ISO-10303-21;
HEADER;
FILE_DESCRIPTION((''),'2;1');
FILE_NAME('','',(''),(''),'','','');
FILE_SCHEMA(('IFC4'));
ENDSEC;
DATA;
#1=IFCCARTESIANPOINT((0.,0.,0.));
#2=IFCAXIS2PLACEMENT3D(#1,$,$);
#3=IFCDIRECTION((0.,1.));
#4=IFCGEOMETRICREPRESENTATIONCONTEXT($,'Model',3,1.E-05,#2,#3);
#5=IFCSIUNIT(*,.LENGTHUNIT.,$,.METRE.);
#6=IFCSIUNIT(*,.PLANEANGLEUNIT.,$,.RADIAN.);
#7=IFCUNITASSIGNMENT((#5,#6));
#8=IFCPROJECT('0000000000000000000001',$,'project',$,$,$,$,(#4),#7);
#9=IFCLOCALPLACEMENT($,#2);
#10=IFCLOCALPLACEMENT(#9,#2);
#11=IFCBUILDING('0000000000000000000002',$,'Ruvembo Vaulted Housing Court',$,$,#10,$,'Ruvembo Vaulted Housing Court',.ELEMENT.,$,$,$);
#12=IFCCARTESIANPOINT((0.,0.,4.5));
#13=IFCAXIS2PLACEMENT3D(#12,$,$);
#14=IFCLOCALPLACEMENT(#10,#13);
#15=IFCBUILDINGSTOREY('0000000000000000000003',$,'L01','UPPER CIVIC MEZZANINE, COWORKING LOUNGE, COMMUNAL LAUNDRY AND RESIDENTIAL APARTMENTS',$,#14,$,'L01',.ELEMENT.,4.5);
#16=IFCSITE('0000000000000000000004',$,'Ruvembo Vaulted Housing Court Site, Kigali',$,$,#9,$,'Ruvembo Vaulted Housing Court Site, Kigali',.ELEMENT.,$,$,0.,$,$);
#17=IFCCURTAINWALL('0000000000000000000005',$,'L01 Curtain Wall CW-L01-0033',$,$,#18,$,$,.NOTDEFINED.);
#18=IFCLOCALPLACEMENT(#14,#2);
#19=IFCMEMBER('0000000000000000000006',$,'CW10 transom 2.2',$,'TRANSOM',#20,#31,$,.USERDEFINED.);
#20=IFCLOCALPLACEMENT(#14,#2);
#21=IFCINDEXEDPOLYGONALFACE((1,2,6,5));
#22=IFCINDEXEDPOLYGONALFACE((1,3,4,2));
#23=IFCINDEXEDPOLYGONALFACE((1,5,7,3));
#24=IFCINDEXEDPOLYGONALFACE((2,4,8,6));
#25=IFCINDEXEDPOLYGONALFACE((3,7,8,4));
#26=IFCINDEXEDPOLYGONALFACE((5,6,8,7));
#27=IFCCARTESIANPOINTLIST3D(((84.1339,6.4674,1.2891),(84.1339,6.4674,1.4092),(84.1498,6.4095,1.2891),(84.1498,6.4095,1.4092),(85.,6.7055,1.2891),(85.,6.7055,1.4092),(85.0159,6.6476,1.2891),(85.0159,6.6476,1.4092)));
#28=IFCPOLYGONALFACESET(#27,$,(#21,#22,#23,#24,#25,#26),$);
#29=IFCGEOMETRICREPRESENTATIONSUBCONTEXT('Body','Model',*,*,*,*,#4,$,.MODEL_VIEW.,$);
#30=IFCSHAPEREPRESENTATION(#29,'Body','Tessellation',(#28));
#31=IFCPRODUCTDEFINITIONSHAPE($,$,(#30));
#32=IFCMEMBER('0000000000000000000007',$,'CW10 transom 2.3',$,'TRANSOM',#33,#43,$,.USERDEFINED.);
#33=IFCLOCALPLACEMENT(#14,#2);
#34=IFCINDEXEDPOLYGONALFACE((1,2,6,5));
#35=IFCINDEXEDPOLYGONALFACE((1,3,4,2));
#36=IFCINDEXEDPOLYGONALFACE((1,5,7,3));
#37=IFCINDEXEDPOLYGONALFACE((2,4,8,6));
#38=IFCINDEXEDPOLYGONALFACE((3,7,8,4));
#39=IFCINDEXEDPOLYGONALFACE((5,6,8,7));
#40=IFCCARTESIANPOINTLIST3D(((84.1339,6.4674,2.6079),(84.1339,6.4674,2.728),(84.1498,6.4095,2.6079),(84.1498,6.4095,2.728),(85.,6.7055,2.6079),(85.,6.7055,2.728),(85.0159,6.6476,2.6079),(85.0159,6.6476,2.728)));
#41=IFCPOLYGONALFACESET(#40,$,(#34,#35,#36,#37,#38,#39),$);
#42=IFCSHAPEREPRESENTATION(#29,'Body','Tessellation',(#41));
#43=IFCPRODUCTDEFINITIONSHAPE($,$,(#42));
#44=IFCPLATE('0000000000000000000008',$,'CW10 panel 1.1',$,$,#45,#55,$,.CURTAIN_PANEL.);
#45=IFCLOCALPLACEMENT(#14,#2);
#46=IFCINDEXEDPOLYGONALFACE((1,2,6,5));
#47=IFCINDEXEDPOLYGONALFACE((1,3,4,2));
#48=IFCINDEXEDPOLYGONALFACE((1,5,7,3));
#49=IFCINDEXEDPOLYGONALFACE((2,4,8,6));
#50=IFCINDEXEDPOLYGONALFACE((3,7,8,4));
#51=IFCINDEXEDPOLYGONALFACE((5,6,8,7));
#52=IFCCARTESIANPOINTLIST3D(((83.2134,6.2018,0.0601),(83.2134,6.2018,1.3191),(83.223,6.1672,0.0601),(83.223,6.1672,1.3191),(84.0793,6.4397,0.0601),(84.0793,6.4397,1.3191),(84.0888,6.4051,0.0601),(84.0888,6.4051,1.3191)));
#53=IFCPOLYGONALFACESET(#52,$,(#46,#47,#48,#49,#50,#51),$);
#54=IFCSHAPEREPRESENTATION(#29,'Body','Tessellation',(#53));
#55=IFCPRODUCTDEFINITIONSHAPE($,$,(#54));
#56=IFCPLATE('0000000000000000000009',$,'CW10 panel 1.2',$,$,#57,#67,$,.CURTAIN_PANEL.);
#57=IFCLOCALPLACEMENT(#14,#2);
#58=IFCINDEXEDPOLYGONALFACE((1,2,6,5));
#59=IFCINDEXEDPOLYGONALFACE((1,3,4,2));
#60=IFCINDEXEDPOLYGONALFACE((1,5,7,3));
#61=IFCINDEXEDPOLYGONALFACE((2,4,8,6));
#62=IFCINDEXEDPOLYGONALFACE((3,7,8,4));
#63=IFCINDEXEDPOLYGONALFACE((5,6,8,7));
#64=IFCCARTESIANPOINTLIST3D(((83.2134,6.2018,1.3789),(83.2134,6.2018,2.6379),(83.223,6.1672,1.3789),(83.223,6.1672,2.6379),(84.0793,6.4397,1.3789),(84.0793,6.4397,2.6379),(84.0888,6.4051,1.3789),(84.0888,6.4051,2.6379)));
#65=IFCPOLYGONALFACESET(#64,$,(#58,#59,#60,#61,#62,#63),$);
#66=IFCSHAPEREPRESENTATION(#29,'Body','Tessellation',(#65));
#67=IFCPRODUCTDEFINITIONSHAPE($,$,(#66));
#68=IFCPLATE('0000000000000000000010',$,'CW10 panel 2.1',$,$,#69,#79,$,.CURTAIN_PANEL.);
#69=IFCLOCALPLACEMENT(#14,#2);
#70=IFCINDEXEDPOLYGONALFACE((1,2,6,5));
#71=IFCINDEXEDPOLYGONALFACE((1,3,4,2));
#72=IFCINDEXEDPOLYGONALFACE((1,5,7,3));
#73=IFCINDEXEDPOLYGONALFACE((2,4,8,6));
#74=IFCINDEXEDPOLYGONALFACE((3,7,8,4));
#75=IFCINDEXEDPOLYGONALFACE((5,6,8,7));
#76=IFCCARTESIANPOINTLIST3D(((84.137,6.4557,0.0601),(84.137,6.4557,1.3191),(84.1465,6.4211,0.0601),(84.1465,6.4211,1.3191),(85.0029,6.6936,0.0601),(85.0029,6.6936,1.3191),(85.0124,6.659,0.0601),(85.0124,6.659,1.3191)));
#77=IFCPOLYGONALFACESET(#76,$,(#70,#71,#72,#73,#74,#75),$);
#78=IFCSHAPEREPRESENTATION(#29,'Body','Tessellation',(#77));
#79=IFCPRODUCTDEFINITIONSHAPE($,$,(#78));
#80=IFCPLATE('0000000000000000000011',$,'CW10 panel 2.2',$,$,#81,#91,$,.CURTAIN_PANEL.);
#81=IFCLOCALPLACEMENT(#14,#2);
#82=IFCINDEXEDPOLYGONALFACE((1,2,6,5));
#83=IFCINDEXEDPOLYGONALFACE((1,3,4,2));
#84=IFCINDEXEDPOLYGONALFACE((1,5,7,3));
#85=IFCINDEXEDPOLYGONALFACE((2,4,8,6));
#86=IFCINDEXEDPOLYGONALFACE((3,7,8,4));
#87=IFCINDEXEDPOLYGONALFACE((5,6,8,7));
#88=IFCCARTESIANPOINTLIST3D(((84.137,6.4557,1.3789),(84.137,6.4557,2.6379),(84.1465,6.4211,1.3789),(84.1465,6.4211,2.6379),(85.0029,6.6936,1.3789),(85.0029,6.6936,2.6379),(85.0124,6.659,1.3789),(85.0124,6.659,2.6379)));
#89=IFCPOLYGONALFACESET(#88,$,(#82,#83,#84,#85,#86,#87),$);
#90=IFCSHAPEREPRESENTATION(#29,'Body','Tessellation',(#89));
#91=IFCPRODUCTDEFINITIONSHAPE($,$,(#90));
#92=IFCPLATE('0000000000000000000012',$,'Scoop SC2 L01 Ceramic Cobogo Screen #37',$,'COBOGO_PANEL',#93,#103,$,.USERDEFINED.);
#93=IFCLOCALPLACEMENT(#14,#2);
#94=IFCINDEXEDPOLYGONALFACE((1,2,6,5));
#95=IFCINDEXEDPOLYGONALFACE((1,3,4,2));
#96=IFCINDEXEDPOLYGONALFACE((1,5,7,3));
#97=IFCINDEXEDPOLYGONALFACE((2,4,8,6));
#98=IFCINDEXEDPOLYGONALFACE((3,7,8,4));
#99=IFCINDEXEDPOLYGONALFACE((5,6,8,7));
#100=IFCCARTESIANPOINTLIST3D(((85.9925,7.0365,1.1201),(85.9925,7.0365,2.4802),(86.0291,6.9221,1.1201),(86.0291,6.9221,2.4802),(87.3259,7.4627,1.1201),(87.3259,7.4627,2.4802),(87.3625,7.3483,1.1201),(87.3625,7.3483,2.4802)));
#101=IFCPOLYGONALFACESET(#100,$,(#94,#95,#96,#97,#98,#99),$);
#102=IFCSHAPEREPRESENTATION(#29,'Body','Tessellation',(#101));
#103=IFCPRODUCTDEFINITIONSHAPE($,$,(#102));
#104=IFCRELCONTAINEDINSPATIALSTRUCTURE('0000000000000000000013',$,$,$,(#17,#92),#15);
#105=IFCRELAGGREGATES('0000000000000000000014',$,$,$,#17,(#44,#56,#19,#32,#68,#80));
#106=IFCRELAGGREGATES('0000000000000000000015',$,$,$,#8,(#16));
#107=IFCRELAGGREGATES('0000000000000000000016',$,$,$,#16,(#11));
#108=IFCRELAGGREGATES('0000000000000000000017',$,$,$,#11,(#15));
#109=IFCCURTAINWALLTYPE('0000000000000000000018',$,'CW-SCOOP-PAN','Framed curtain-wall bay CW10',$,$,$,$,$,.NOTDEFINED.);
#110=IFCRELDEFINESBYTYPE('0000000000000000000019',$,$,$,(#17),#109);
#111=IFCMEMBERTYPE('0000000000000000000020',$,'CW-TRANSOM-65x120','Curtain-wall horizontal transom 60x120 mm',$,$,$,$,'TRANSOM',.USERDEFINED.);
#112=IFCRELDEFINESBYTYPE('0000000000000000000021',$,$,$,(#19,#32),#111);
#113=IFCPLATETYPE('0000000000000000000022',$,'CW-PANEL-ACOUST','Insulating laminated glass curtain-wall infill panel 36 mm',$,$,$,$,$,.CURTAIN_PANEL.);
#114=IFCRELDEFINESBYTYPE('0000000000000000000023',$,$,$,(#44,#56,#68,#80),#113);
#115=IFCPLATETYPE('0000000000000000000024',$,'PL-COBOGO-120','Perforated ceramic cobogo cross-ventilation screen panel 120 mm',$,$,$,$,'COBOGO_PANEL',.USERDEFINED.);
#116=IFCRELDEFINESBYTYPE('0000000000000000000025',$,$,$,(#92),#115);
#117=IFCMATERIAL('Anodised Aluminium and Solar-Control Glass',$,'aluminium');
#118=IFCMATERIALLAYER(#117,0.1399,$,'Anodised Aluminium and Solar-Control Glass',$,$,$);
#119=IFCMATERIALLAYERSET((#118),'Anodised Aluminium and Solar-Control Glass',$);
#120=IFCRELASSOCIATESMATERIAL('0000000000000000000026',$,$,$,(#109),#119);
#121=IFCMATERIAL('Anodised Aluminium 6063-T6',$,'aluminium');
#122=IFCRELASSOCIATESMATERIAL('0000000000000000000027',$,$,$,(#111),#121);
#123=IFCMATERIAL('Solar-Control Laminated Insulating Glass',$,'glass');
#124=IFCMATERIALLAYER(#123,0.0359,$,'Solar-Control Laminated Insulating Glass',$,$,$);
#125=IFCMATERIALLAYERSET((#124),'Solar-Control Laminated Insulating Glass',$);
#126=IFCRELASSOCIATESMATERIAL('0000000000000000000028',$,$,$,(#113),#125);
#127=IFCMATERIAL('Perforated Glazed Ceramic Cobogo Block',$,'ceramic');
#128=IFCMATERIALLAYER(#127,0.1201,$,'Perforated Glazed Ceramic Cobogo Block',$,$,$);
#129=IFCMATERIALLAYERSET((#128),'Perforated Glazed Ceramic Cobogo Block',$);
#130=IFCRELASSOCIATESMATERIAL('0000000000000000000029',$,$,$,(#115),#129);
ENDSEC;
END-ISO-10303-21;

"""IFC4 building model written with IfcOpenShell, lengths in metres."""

from ifc_helpers import new_model, si_unit, direction, frame, origin, origin_2d, place, context, subcontext, project, spatial, rectangle, extrude, material, layer, layer_set, material_profile, profile_set, type_object, element, aggregate, save


model = new_model("IFC4")

# Units and contexts
model_context = context("Model", 3, precision=1e-05, world=origin(), true_north=direction((0.0, 1.0)))
body_context = subcontext(model_context, "Body", "Model", "MODEL_VIEW")
ifc_project = project(units=[si_unit("LENGTHUNIT", "METRE"), si_unit("PLANEANGLEUNIT", "RADIAN")], contexts=[model_context])

# Site, building, storey
site_placement = place(None, origin())
site = spatial("IfcSite", under=ifc_project, at=site_placement, Name="Ruvembo Vaulted Housing Court Site, Kigali", LongName="Ruvembo Vaulted Housing Court Site, Kigali", CompositionType="ELEMENT", RefElevation=0.0)
building_placement = place(site_placement, origin())
building = spatial("IfcBuilding", under=site, at=building_placement, Name="Ruvembo Vaulted Housing Court", LongName="Ruvembo Vaulted Housing Court", CompositionType="ELEMENT")
storey_placement = place(building_placement, frame((0.0, 0.0, 4.5)))
storey = spatial("IfcBuildingStorey", under=building, at=storey_placement, Name="L01", Description="UPPER CIVIC MEZZANINE, COWORKING LOUNGE, COMMUNAL LAUNDRY AND RESIDENTIAL APARTMENTS", LongName="L01", CompositionType="ELEMENT", Elevation=4.5)

# Curtain wall, members, plates
ifc_material_1 = material(Name="Anodised Aluminium and Solar-Control Glass", Category="aluminium")
ifc_layer_1 = layer(ifc_material_1, 0.1399, Name="Anodised Aluminium and Solar-Control Glass")
ifc_layer_set_1 = layer_set([ifc_layer_1], Name="Anodised Aluminium and Solar-Control Glass")
curtain_wall_type = type_object("IfcCurtainWallType", Name="CW-SCOOP-PAN", Description="Framed curtain-wall bay CW10", PredefinedType="NOTDEFINED", material=ifc_layer_set_1)
curtain_wall_placement = place(storey_placement, origin())
curtain_wall = element("IfcCurtainWall", 1, at=curtain_wall_placement, inside=storey, type_object=curtain_wall_type, Name="L01 Curtain Wall CW-L01-0033", PredefinedType="NOTDEFINED")
ifc_material_2 = material(Name="Anodised Aluminium 6063-T6", Category="aluminium")
ifc_material_profile_1 = material_profile(ifc_material_2, rectangle(XDim=0.0601, YDim=0.1201, at=origin_2d()), Name="ALU 60x120")
ifc_profile_set_1 = profile_set([ifc_material_profile_1], Name="Anodised Aluminium 6063-T6")
member_type_1 = type_object("IfcMemberType", Name="CW-TRANSOM-65x120", Description="Curtain-wall horizontal transom 60x120 mm", ElementType="TRANSOM", PredefinedType="USERDEFINED", material=ifc_profile_set_1)
member_1_placement = place(storey_placement, frame((84.1418, 6.4385, 1.3491), z_axis=(0.964235, 0.265049, 0.0), x_axis=(-0.265049, 0.964235, 0.0)))
member_1 = element("IfcMember", 2, at=member_1_placement, type_object=member_type_1, Name="CW10 transom 2.2", ObjectType="TRANSOM", PredefinedType="USERDEFINED", context=body_context, shape_type="SweptSolid", body=[
    extrude(rectangle(XDim=0.0601, YDim=0.1201, at=origin_2d()), origin(), (0.0, 0.0, 1.0), 0.8982),
])
member_2_placement = place(storey_placement, frame((84.1418, 6.4385, 2.668), z_axis=(0.964235, 0.265049, 0.0), x_axis=(-0.265049, 0.964235, 0.0)))
member_2 = element("IfcMember", 3, at=member_2_placement, type_object=member_type_1, Name="CW10 transom 2.3", ObjectType="TRANSOM", PredefinedType="USERDEFINED", context=body_context, shape_type="SweptSolid", body=[
    extrude(rectangle(XDim=0.0601, YDim=0.1201, at=origin_2d()), origin(), (0.0, 0.0, 1.0), 0.8982),
])
ifc_material_3 = material(Name="Solar-Control Laminated Insulating Glass", Category="glass")
ifc_layer_2 = layer(ifc_material_3, 0.0359, Name="Solar-Control Laminated Insulating Glass")
ifc_layer_set_2 = layer_set([ifc_layer_2], Name="Solar-Control Laminated Insulating Glass")
plate_type_1 = type_object("IfcPlateType", Name="CW-PANEL-ACOUST", Description="Insulating laminated glass curtain-wall infill panel 36 mm", PredefinedType="CURTAIN_PANEL", material=ifc_layer_set_2)
plate_1_placement = place(storey_placement, frame((83.6511, 6.3035, 0.0601), z_axis=(0.0, 0.0, 1.0), x_axis=(0.964255, 0.264975, 0.0)))
plate_1 = element("IfcPlate", 4, at=plate_1_placement, type_object=plate_type_1, Name="CW10 panel 1.1", PredefinedType="CURTAIN_PANEL", context=body_context, shape_type="SweptSolid", body=[
    extrude(rectangle(XDim=0.8979, YDim=0.0359, at=origin_2d()), origin(), (0.0, 0.0, 1.0), 1.259),
])
plate_2_placement = place(storey_placement, frame((83.6511, 6.3035, 1.3789), z_axis=(0.0, 0.0, 1.0), x_axis=(0.964255, 0.264975, 0.0)))
plate_2 = element("IfcPlate", 5, at=plate_2_placement, type_object=plate_type_1, Name="CW10 panel 1.2", PredefinedType="CURTAIN_PANEL", context=body_context, shape_type="SweptSolid", body=[
    extrude(rectangle(XDim=0.8979, YDim=0.0359, at=origin_2d()), origin(), (0.0, 0.0, 1.0), 1.259),
])
plate_3_placement = place(storey_placement, frame((84.5747, 6.5574, 0.0601), z_axis=(0.0, 0.0, 1.0), x_axis=(0.964255, 0.264975, 0.0)))
plate_3 = element("IfcPlate", 6, at=plate_3_placement, type_object=plate_type_1, Name="CW10 panel 2.1", PredefinedType="CURTAIN_PANEL", context=body_context, shape_type="SweptSolid", body=[
    extrude(rectangle(XDim=0.8979, YDim=0.0359, at=origin_2d()), origin(), (0.0, 0.0, 1.0), 1.259),
])
plate_4_placement = place(storey_placement, frame((84.5747, 6.5574, 1.3789), z_axis=(0.0, 0.0, 1.0), x_axis=(0.964255, 0.264975, 0.0)))
plate_4 = element("IfcPlate", 7, at=plate_4_placement, type_object=plate_type_1, Name="CW10 panel 2.2", PredefinedType="CURTAIN_PANEL", context=body_context, shape_type="SweptSolid", body=[
    extrude(rectangle(XDim=0.8979, YDim=0.0359, at=origin_2d()), origin(), (0.0, 0.0, 1.0), 1.259),
])
aggregate(curtain_wall, [plate_1, plate_2, member_1, member_2, plate_3, plate_4])

# Plate
ifc_material_4 = material(Name="Perforated Glazed Ceramic Cobogo Block", Category="ceramic")
ifc_layer_3 = layer(ifc_material_4, 0.1201, Name="Perforated Glazed Ceramic Cobogo Block")
ifc_layer_set_3 = layer_set([ifc_layer_3], Name="Perforated Glazed Ceramic Cobogo Block")
plate_type_2 = type_object("IfcPlateType", Name="PL-COBOGO-120", Description="Perforated ceramic cobogo cross-ventilation screen panel 120 mm", ElementType="COBOGO_PANEL", PredefinedType="USERDEFINED", material=ifc_layer_set_3)
plate_5_placement = place(storey_placement, frame((86.6775, 7.1924, 1.1201), z_axis=(0.0, 0.0, 1.0), x_axis=(0.952523, 0.304465, 0.0)))
element("IfcPlate", 8, at=plate_5_placement, inside=storey, type_object=plate_type_2, Name="Scoop SC2 L01 Ceramic Cobogo Screen #37", ObjectType="COBOGO_PANEL", PredefinedType="USERDEFINED", context=body_context, shape_type="SweptSolid", body=[
    extrude(rectangle(XDim=1.3999, YDim=0.1201, at=origin_2d()), origin(), (0.0, 0.0, 1.0), 1.3601),
])

save(model, "model.ifc")
